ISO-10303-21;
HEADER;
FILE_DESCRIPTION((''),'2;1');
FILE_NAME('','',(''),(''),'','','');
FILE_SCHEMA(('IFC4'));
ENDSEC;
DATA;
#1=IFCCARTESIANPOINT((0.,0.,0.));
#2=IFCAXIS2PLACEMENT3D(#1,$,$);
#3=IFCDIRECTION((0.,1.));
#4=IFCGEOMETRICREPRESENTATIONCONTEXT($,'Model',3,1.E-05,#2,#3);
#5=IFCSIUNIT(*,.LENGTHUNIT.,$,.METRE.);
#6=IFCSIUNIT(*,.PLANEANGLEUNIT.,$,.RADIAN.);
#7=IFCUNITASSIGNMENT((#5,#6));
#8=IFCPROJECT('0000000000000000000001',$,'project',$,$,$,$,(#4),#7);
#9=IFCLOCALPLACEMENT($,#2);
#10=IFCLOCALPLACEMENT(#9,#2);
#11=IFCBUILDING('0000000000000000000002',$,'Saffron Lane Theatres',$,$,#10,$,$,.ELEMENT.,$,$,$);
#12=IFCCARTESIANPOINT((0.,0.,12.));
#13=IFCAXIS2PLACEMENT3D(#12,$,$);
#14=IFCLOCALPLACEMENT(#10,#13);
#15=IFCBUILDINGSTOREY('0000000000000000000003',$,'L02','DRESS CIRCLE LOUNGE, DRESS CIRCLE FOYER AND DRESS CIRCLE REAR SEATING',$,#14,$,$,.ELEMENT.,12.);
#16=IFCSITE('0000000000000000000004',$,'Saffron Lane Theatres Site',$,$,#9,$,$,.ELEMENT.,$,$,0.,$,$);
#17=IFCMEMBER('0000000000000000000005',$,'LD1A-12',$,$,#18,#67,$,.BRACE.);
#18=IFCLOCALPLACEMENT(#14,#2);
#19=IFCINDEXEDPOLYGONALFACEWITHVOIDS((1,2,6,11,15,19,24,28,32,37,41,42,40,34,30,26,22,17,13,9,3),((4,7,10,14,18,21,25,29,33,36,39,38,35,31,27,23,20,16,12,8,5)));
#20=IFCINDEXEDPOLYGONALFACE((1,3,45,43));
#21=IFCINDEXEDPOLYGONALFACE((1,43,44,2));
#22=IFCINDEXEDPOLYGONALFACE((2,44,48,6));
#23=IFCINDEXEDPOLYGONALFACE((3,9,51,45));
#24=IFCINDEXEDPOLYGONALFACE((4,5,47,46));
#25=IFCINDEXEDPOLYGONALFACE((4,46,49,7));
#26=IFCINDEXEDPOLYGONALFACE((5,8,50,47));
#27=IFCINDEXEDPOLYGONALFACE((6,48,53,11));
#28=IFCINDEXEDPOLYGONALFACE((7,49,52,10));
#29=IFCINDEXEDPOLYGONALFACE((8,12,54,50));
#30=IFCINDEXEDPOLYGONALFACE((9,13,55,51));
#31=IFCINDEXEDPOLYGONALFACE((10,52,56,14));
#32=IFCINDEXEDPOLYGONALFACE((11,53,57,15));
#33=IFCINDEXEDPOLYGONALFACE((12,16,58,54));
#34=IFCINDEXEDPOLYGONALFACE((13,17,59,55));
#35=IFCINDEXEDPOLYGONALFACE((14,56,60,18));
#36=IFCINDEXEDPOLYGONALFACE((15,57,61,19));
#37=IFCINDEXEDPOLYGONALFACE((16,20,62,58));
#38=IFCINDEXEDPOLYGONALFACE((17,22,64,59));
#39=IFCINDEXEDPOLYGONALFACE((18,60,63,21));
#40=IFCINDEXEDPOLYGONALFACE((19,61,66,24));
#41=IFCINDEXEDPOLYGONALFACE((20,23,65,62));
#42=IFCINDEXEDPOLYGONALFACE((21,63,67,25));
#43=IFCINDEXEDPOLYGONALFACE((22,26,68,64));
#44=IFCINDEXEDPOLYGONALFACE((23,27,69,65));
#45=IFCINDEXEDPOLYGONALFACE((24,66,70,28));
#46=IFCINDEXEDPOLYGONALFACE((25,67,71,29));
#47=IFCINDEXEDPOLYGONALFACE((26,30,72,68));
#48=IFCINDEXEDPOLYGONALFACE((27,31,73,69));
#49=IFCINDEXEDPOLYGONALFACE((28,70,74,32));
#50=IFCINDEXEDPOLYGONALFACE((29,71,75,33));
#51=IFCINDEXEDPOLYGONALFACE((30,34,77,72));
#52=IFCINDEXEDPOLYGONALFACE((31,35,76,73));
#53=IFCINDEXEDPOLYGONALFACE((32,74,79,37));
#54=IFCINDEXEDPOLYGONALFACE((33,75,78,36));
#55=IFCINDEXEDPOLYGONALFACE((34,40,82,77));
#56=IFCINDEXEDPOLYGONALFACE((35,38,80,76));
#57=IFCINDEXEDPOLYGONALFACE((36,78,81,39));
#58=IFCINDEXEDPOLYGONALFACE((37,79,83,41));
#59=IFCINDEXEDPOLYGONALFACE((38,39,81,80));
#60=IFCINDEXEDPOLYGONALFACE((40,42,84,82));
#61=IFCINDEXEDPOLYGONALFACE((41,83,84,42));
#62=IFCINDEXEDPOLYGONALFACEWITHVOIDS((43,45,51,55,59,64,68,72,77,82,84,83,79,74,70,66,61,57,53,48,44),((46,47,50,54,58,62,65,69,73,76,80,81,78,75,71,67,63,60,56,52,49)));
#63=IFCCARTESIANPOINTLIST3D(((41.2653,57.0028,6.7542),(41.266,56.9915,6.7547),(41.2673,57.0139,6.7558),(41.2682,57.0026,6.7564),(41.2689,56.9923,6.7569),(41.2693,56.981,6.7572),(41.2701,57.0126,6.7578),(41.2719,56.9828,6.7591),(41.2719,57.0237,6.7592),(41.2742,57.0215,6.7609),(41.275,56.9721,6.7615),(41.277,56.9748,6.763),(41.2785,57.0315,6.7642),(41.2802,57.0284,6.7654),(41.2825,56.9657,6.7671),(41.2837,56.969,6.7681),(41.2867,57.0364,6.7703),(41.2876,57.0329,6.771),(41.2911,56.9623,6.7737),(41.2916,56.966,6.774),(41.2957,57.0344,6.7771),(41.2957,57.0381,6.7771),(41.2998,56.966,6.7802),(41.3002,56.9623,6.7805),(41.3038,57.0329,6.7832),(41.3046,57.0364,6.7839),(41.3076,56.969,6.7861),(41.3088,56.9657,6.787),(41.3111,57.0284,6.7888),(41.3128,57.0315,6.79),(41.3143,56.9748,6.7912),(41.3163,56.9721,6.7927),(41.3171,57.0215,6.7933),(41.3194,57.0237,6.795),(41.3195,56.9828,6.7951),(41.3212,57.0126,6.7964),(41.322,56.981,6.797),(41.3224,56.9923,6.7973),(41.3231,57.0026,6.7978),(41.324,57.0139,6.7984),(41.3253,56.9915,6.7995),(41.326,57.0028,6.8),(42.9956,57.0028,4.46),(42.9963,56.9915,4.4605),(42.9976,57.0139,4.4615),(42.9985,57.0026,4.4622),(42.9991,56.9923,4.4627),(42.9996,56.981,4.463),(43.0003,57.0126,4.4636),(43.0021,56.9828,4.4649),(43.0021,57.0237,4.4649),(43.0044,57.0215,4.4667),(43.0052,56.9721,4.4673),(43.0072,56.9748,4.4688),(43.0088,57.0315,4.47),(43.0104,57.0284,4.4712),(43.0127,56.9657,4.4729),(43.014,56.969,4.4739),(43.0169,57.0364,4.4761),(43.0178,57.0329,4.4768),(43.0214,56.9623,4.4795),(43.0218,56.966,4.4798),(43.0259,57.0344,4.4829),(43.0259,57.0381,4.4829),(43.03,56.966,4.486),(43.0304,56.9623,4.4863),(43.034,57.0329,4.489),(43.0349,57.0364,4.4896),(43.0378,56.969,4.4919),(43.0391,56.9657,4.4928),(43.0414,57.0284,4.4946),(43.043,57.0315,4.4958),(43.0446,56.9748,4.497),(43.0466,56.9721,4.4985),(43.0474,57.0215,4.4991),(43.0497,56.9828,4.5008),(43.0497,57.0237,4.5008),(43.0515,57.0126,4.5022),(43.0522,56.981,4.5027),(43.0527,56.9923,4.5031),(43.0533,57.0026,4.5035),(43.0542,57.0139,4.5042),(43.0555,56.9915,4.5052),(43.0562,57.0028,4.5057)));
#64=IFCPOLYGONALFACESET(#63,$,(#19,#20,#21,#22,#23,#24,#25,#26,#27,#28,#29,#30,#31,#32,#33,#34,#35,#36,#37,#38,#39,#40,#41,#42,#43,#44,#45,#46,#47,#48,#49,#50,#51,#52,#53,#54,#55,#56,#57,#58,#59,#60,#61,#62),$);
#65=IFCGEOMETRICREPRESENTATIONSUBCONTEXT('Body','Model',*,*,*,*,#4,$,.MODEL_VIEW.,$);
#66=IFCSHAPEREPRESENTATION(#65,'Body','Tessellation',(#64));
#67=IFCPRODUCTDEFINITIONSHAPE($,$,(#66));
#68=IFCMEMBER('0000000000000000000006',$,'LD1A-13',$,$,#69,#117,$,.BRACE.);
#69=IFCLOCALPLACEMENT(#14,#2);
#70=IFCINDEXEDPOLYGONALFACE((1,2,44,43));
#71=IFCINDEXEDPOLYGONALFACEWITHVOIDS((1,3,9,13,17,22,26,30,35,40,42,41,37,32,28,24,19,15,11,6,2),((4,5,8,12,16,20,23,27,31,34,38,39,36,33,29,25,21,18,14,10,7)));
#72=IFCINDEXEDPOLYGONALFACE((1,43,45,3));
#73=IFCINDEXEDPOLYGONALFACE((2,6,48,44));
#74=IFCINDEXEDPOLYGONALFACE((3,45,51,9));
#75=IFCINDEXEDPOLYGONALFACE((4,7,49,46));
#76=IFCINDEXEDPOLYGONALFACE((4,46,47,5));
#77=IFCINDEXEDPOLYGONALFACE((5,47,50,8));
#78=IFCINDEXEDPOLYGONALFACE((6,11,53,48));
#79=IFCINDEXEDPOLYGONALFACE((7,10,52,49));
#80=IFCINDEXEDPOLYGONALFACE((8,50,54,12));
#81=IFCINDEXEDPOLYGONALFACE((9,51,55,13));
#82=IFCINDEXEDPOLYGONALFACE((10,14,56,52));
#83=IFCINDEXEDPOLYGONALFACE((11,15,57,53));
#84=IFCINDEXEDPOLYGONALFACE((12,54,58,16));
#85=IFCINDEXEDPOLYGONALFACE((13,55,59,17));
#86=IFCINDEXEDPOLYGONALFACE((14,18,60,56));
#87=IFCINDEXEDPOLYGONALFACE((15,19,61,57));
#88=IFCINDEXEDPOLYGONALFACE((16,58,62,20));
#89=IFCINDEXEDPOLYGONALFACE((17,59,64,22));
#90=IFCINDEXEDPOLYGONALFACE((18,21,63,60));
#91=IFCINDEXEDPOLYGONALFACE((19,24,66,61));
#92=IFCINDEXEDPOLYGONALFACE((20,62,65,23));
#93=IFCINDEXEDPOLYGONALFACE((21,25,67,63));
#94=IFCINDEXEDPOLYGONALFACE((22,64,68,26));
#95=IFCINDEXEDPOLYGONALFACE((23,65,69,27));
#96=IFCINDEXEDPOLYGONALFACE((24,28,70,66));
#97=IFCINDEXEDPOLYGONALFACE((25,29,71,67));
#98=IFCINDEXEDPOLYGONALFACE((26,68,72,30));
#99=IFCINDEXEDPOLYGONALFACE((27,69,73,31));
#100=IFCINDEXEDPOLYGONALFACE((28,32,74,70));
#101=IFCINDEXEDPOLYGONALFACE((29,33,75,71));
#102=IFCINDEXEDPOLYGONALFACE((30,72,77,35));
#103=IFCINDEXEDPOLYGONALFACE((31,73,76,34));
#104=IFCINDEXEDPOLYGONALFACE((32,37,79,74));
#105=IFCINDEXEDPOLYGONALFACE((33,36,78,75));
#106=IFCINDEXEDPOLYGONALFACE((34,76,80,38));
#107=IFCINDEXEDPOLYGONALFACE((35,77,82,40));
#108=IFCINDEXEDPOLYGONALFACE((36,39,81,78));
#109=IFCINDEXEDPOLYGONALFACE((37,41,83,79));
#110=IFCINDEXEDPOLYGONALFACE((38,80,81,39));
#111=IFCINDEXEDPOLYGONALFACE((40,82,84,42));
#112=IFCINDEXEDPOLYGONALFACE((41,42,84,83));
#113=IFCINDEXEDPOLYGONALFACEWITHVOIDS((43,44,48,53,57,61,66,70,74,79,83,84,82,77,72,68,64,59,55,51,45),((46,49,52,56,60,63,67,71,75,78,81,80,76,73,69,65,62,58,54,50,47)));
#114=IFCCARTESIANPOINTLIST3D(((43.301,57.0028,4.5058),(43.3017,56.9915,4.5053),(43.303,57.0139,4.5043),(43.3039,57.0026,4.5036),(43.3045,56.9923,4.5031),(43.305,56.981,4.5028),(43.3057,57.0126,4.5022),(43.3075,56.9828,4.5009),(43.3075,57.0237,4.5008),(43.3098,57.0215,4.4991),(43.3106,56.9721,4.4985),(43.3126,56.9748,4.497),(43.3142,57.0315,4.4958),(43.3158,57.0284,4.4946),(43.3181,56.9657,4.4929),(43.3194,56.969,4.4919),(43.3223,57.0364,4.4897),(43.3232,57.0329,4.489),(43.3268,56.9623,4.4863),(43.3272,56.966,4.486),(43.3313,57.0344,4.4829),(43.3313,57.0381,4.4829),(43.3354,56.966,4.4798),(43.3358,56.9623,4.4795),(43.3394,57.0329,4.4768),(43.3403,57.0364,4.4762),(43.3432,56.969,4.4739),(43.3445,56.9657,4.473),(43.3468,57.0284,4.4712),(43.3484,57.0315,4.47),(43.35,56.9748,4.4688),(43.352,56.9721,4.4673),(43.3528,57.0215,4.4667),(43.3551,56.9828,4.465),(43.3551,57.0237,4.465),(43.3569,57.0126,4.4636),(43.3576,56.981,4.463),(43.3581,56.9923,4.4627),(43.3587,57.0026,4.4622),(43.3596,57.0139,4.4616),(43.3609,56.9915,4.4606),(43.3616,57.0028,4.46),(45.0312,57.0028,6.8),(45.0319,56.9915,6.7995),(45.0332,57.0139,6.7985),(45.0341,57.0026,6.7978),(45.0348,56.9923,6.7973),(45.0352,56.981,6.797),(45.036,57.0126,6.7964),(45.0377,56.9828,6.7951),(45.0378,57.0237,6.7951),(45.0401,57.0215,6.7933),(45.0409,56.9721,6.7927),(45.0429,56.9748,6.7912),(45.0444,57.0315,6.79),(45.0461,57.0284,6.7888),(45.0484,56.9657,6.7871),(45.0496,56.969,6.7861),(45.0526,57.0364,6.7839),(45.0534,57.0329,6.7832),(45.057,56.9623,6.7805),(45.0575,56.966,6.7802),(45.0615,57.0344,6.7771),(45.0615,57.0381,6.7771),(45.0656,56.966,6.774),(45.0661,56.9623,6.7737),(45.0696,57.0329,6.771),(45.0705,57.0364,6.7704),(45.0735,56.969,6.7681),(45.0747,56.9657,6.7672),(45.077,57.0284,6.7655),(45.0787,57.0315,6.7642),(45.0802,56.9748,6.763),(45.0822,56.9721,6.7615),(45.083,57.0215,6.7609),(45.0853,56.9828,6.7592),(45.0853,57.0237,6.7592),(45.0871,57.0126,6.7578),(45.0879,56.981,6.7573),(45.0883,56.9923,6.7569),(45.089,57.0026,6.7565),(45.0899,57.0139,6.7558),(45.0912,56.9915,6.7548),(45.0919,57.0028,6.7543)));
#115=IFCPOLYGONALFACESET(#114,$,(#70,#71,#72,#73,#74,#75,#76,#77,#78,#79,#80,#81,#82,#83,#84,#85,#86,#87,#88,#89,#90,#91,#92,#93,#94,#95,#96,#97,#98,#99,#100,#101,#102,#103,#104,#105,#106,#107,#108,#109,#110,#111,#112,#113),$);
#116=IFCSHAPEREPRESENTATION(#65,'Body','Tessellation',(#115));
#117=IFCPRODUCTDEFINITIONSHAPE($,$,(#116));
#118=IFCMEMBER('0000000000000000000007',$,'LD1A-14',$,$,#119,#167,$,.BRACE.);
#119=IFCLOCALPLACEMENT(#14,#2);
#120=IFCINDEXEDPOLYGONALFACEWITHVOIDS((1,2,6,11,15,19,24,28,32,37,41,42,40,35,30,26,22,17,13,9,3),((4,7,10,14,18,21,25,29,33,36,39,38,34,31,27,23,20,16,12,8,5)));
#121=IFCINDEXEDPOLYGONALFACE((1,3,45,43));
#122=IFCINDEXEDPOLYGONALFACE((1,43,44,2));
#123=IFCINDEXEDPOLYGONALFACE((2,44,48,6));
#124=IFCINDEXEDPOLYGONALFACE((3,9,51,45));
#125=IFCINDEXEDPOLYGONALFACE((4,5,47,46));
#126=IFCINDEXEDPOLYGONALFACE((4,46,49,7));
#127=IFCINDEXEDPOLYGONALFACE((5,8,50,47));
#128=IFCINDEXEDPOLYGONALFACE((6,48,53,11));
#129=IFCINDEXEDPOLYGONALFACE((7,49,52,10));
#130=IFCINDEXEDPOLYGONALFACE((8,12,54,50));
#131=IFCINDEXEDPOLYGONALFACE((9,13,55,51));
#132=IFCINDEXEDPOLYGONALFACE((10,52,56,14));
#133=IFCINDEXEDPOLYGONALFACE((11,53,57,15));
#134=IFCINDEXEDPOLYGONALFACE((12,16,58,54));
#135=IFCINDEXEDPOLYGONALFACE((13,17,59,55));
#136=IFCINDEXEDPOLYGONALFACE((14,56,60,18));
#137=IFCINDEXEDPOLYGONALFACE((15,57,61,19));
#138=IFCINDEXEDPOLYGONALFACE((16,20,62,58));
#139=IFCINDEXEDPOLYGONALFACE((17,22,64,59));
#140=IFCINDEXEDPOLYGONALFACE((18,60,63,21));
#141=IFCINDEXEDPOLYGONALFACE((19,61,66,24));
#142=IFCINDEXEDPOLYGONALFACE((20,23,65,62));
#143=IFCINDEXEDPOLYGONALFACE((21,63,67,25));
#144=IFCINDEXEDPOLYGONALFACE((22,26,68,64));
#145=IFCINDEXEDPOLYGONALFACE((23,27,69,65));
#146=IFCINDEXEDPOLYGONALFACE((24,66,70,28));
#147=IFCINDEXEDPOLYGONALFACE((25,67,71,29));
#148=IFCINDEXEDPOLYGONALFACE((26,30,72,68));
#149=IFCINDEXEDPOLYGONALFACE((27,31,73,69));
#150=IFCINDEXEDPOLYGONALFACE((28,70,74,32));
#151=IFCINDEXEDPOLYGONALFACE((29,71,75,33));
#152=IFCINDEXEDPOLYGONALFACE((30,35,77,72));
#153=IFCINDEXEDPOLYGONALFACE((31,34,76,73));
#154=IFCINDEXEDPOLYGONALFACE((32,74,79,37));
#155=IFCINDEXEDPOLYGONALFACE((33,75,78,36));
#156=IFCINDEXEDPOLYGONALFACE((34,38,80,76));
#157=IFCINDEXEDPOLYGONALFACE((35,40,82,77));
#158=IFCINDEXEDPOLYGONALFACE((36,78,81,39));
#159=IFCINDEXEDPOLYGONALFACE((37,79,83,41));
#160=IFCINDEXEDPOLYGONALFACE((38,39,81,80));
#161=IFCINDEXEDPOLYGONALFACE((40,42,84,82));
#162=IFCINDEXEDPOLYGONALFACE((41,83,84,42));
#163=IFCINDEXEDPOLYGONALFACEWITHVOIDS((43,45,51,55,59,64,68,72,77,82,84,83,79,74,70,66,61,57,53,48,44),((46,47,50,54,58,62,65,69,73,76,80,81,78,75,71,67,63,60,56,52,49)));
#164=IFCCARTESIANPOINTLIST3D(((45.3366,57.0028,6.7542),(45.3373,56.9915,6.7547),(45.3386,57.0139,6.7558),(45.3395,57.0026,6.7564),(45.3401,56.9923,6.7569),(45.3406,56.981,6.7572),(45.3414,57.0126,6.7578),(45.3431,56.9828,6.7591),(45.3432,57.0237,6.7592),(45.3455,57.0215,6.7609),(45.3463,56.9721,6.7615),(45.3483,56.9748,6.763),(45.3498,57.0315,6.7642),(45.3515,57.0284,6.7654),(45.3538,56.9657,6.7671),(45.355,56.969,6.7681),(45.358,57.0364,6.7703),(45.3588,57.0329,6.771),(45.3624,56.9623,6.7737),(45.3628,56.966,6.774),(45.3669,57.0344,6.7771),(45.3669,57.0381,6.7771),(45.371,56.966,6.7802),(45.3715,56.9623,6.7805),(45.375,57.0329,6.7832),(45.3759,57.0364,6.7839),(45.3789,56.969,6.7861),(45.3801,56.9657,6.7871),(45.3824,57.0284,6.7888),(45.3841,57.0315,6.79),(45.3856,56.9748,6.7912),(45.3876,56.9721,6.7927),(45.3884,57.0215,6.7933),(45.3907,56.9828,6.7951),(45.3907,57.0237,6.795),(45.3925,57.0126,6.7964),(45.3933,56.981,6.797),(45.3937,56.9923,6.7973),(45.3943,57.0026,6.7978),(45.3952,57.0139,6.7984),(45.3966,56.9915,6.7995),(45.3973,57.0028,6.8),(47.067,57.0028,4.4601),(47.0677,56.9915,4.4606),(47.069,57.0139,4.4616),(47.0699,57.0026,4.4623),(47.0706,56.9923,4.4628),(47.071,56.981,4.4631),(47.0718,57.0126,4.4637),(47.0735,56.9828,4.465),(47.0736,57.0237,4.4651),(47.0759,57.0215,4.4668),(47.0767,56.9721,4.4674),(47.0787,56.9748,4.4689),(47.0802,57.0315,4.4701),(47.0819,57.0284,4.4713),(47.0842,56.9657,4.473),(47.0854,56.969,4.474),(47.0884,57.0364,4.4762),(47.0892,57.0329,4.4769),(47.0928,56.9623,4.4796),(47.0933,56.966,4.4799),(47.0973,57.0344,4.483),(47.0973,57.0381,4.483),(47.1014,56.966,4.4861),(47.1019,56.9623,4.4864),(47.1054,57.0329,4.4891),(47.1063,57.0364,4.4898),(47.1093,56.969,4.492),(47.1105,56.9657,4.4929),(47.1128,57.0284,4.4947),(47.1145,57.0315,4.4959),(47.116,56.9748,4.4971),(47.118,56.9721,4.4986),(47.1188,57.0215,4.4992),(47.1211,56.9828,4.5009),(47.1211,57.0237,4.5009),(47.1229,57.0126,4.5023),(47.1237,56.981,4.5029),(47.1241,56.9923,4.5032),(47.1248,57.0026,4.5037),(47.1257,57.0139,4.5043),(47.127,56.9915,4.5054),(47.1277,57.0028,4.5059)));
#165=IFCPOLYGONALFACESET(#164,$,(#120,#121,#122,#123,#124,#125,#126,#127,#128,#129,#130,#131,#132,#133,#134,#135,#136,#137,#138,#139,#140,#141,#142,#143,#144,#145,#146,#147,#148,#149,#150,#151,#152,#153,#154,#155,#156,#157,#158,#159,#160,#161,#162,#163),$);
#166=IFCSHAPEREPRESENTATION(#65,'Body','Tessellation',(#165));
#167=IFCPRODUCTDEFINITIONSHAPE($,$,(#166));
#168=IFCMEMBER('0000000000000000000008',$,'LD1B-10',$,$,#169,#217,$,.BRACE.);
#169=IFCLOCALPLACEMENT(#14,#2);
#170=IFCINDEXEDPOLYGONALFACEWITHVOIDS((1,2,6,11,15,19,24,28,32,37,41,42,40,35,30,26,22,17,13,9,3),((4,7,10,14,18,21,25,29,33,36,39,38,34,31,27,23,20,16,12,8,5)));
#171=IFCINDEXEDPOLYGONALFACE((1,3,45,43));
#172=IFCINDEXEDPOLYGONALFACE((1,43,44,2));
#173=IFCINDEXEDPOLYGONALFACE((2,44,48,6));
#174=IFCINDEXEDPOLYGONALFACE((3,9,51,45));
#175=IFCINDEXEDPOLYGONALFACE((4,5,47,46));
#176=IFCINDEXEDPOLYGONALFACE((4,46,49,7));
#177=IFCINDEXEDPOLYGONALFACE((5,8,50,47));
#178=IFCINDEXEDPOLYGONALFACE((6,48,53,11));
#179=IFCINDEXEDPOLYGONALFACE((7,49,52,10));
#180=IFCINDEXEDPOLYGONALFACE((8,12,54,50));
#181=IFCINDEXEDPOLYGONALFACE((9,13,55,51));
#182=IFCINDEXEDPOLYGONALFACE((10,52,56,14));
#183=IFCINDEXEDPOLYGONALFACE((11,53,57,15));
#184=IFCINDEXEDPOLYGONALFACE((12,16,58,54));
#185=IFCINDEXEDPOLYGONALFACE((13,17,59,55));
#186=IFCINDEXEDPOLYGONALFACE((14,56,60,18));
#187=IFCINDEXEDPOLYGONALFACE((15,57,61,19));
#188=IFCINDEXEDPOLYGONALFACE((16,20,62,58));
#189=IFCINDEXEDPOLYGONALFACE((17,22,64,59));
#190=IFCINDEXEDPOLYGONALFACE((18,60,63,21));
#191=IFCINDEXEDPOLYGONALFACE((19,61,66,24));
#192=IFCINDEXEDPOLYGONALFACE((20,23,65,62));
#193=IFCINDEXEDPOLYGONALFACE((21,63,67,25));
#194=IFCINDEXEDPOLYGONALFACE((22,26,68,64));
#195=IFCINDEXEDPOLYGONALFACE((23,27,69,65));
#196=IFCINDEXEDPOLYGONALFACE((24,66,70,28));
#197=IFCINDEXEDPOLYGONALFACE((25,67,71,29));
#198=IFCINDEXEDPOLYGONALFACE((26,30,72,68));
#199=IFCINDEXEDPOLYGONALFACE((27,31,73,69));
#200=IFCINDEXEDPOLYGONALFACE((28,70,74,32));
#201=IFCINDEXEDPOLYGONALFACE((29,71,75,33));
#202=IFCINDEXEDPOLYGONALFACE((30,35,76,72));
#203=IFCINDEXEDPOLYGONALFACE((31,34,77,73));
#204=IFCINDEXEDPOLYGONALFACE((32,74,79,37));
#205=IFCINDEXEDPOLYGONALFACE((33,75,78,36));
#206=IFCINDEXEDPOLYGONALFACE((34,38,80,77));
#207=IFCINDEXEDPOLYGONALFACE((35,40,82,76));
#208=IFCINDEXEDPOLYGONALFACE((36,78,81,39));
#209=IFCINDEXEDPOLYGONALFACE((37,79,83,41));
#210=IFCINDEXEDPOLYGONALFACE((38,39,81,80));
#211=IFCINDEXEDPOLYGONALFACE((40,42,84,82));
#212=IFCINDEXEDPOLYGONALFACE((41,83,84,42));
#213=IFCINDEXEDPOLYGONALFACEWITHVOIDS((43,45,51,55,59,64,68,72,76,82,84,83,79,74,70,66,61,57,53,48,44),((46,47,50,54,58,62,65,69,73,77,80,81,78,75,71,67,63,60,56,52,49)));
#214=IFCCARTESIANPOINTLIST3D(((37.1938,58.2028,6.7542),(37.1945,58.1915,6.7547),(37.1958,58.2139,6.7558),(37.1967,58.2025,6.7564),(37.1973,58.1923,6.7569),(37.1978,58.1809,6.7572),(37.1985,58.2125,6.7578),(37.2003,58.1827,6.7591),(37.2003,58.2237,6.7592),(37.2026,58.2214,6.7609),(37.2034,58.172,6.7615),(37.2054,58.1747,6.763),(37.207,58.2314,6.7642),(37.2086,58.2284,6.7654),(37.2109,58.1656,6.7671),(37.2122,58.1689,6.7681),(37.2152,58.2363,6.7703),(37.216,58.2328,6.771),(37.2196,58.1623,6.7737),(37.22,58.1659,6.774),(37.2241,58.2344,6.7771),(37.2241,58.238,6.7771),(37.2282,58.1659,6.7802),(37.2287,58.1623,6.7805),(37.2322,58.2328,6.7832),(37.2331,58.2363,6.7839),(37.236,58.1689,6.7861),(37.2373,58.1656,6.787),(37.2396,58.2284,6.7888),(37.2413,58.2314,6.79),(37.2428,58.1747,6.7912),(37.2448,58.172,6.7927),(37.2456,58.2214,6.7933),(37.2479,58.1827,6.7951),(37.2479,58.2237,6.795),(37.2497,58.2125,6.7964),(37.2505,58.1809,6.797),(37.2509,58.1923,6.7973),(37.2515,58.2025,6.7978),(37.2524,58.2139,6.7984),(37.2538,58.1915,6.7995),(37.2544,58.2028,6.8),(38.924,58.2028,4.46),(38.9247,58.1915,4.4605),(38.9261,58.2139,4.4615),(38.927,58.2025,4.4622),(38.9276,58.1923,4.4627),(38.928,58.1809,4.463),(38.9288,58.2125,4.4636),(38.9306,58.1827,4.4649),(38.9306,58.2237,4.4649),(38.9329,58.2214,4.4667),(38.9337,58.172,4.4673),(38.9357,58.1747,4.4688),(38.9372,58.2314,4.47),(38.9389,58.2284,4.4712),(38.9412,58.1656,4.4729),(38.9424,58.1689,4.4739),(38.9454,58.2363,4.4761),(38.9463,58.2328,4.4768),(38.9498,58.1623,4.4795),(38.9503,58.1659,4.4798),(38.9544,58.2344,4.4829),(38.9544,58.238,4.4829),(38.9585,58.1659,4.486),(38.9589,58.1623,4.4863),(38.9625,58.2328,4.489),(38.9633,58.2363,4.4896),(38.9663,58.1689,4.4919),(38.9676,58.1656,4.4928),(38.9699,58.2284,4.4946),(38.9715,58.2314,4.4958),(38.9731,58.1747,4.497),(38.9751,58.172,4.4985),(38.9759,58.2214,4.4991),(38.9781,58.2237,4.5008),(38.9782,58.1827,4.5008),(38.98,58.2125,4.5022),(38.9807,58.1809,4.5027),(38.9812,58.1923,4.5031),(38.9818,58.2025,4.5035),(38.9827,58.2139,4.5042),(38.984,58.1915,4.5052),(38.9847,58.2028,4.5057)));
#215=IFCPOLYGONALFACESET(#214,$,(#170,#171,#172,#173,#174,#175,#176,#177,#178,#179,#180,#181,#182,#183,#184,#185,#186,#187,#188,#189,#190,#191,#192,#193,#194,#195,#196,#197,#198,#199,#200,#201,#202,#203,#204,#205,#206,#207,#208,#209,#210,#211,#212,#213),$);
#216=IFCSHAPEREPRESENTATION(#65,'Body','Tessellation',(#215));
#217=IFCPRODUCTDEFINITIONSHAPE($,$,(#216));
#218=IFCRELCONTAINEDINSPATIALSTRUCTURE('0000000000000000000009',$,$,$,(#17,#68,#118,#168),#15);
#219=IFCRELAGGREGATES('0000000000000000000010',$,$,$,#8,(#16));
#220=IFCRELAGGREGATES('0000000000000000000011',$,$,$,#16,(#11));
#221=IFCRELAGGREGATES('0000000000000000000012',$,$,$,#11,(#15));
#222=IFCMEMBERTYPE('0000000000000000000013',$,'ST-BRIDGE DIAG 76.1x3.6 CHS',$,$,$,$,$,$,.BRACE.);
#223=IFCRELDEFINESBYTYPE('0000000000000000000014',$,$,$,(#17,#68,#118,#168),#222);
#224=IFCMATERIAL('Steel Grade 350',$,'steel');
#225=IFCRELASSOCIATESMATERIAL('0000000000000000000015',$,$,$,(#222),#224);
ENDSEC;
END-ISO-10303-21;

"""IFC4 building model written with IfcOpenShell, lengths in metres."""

from ifc_helpers import new_model, si_unit, direction, frame, origin, origin_2d, place, context, subcontext, project, spatial, hollow_circle, extrude, material, material_profile, profile_set, type_object, element, save


model = new_model("IFC4")

# Units and contexts
model_context = context("Model", 3, precision=1e-05, world=origin(), true_north=direction((0.0, 1.0)))
body_context = subcontext(model_context, "Body", "Model", "MODEL_VIEW")
ifc_project = project(units=[si_unit("LENGTHUNIT", "METRE"), si_unit("PLANEANGLEUNIT", "RADIAN")], contexts=[model_context])

# Site, building, storey
site_placement = place(None, origin())
site = spatial("IfcSite", under=ifc_project, at=site_placement, Name="Saffron Lane Theatres Site", CompositionType="ELEMENT", RefElevation=0.0)
building_placement = place(site_placement, origin())
building = spatial("IfcBuilding", under=site, at=building_placement, Name="Saffron Lane Theatres", CompositionType="ELEMENT")
storey_placement = place(building_placement, frame((0.0, 0.0, 12.0)))
storey = spatial("IfcBuildingStorey", under=building, at=storey_placement, Name="L02", Description="DRESS CIRCLE LOUNGE, DRESS CIRCLE FOYER AND DRESS CIRCLE REAR SEATING", CompositionType="ELEMENT", Elevation=12.0)

# Members
ifc_material_1 = material(Name="Steel Grade 350", Category="steel")
ifc_material_profile_1 = material_profile(ifc_material_1, hollow_circle(Radius=0.0381, WallThickness=0.0037, at=origin_2d()))
ifc_profile_set_1 = profile_set([ifc_material_profile_1], Name="Steel Grade 350")
member_type = type_object("IfcMemberType", Name="ST-BRIDGE DIAG 76.1x3.6 CHS", PredefinedType="BRACE", material=ifc_profile_set_1)
for number, where, z_axis, x_axis, name in (
    (1, (41.2957, 57.0, 6.7771), (0.602132, 0.0, -0.798396), (0.0, 1.0, 0.0), "LD1A-12"),
    (2, (43.3313, 57.0, 4.4829), (0.602132, 0.0, 0.798396), (0.0, 1.0, 0.0), "LD1A-13"),
    (3, (45.3669, 57.0, 6.7771), (0.602186, 0.0, -0.798356), (0.0, 1.0, 0.0), "LD1A-14"),
    (4, (37.2241, 58.2, 6.7771), (0.602132, 0.0, -0.798396), (0.0, 1.0, 0.0), "LD1B-10"),
):
    element("IfcMember", number, at=place(storey_placement, frame(where, z_axis=z_axis, x_axis=x_axis)), inside=storey, type_object=member_type, Name=name, PredefinedType="BRACE", context=body_context, shape_type="SweptSolid", body=[
        extrude(hollow_circle(Radius=0.0381, WallThickness=0.0037, at=origin_2d()), origin(), (0.0, 0.0, 1.0), 2.8735),
    ])

save(model, "model.ifc")
